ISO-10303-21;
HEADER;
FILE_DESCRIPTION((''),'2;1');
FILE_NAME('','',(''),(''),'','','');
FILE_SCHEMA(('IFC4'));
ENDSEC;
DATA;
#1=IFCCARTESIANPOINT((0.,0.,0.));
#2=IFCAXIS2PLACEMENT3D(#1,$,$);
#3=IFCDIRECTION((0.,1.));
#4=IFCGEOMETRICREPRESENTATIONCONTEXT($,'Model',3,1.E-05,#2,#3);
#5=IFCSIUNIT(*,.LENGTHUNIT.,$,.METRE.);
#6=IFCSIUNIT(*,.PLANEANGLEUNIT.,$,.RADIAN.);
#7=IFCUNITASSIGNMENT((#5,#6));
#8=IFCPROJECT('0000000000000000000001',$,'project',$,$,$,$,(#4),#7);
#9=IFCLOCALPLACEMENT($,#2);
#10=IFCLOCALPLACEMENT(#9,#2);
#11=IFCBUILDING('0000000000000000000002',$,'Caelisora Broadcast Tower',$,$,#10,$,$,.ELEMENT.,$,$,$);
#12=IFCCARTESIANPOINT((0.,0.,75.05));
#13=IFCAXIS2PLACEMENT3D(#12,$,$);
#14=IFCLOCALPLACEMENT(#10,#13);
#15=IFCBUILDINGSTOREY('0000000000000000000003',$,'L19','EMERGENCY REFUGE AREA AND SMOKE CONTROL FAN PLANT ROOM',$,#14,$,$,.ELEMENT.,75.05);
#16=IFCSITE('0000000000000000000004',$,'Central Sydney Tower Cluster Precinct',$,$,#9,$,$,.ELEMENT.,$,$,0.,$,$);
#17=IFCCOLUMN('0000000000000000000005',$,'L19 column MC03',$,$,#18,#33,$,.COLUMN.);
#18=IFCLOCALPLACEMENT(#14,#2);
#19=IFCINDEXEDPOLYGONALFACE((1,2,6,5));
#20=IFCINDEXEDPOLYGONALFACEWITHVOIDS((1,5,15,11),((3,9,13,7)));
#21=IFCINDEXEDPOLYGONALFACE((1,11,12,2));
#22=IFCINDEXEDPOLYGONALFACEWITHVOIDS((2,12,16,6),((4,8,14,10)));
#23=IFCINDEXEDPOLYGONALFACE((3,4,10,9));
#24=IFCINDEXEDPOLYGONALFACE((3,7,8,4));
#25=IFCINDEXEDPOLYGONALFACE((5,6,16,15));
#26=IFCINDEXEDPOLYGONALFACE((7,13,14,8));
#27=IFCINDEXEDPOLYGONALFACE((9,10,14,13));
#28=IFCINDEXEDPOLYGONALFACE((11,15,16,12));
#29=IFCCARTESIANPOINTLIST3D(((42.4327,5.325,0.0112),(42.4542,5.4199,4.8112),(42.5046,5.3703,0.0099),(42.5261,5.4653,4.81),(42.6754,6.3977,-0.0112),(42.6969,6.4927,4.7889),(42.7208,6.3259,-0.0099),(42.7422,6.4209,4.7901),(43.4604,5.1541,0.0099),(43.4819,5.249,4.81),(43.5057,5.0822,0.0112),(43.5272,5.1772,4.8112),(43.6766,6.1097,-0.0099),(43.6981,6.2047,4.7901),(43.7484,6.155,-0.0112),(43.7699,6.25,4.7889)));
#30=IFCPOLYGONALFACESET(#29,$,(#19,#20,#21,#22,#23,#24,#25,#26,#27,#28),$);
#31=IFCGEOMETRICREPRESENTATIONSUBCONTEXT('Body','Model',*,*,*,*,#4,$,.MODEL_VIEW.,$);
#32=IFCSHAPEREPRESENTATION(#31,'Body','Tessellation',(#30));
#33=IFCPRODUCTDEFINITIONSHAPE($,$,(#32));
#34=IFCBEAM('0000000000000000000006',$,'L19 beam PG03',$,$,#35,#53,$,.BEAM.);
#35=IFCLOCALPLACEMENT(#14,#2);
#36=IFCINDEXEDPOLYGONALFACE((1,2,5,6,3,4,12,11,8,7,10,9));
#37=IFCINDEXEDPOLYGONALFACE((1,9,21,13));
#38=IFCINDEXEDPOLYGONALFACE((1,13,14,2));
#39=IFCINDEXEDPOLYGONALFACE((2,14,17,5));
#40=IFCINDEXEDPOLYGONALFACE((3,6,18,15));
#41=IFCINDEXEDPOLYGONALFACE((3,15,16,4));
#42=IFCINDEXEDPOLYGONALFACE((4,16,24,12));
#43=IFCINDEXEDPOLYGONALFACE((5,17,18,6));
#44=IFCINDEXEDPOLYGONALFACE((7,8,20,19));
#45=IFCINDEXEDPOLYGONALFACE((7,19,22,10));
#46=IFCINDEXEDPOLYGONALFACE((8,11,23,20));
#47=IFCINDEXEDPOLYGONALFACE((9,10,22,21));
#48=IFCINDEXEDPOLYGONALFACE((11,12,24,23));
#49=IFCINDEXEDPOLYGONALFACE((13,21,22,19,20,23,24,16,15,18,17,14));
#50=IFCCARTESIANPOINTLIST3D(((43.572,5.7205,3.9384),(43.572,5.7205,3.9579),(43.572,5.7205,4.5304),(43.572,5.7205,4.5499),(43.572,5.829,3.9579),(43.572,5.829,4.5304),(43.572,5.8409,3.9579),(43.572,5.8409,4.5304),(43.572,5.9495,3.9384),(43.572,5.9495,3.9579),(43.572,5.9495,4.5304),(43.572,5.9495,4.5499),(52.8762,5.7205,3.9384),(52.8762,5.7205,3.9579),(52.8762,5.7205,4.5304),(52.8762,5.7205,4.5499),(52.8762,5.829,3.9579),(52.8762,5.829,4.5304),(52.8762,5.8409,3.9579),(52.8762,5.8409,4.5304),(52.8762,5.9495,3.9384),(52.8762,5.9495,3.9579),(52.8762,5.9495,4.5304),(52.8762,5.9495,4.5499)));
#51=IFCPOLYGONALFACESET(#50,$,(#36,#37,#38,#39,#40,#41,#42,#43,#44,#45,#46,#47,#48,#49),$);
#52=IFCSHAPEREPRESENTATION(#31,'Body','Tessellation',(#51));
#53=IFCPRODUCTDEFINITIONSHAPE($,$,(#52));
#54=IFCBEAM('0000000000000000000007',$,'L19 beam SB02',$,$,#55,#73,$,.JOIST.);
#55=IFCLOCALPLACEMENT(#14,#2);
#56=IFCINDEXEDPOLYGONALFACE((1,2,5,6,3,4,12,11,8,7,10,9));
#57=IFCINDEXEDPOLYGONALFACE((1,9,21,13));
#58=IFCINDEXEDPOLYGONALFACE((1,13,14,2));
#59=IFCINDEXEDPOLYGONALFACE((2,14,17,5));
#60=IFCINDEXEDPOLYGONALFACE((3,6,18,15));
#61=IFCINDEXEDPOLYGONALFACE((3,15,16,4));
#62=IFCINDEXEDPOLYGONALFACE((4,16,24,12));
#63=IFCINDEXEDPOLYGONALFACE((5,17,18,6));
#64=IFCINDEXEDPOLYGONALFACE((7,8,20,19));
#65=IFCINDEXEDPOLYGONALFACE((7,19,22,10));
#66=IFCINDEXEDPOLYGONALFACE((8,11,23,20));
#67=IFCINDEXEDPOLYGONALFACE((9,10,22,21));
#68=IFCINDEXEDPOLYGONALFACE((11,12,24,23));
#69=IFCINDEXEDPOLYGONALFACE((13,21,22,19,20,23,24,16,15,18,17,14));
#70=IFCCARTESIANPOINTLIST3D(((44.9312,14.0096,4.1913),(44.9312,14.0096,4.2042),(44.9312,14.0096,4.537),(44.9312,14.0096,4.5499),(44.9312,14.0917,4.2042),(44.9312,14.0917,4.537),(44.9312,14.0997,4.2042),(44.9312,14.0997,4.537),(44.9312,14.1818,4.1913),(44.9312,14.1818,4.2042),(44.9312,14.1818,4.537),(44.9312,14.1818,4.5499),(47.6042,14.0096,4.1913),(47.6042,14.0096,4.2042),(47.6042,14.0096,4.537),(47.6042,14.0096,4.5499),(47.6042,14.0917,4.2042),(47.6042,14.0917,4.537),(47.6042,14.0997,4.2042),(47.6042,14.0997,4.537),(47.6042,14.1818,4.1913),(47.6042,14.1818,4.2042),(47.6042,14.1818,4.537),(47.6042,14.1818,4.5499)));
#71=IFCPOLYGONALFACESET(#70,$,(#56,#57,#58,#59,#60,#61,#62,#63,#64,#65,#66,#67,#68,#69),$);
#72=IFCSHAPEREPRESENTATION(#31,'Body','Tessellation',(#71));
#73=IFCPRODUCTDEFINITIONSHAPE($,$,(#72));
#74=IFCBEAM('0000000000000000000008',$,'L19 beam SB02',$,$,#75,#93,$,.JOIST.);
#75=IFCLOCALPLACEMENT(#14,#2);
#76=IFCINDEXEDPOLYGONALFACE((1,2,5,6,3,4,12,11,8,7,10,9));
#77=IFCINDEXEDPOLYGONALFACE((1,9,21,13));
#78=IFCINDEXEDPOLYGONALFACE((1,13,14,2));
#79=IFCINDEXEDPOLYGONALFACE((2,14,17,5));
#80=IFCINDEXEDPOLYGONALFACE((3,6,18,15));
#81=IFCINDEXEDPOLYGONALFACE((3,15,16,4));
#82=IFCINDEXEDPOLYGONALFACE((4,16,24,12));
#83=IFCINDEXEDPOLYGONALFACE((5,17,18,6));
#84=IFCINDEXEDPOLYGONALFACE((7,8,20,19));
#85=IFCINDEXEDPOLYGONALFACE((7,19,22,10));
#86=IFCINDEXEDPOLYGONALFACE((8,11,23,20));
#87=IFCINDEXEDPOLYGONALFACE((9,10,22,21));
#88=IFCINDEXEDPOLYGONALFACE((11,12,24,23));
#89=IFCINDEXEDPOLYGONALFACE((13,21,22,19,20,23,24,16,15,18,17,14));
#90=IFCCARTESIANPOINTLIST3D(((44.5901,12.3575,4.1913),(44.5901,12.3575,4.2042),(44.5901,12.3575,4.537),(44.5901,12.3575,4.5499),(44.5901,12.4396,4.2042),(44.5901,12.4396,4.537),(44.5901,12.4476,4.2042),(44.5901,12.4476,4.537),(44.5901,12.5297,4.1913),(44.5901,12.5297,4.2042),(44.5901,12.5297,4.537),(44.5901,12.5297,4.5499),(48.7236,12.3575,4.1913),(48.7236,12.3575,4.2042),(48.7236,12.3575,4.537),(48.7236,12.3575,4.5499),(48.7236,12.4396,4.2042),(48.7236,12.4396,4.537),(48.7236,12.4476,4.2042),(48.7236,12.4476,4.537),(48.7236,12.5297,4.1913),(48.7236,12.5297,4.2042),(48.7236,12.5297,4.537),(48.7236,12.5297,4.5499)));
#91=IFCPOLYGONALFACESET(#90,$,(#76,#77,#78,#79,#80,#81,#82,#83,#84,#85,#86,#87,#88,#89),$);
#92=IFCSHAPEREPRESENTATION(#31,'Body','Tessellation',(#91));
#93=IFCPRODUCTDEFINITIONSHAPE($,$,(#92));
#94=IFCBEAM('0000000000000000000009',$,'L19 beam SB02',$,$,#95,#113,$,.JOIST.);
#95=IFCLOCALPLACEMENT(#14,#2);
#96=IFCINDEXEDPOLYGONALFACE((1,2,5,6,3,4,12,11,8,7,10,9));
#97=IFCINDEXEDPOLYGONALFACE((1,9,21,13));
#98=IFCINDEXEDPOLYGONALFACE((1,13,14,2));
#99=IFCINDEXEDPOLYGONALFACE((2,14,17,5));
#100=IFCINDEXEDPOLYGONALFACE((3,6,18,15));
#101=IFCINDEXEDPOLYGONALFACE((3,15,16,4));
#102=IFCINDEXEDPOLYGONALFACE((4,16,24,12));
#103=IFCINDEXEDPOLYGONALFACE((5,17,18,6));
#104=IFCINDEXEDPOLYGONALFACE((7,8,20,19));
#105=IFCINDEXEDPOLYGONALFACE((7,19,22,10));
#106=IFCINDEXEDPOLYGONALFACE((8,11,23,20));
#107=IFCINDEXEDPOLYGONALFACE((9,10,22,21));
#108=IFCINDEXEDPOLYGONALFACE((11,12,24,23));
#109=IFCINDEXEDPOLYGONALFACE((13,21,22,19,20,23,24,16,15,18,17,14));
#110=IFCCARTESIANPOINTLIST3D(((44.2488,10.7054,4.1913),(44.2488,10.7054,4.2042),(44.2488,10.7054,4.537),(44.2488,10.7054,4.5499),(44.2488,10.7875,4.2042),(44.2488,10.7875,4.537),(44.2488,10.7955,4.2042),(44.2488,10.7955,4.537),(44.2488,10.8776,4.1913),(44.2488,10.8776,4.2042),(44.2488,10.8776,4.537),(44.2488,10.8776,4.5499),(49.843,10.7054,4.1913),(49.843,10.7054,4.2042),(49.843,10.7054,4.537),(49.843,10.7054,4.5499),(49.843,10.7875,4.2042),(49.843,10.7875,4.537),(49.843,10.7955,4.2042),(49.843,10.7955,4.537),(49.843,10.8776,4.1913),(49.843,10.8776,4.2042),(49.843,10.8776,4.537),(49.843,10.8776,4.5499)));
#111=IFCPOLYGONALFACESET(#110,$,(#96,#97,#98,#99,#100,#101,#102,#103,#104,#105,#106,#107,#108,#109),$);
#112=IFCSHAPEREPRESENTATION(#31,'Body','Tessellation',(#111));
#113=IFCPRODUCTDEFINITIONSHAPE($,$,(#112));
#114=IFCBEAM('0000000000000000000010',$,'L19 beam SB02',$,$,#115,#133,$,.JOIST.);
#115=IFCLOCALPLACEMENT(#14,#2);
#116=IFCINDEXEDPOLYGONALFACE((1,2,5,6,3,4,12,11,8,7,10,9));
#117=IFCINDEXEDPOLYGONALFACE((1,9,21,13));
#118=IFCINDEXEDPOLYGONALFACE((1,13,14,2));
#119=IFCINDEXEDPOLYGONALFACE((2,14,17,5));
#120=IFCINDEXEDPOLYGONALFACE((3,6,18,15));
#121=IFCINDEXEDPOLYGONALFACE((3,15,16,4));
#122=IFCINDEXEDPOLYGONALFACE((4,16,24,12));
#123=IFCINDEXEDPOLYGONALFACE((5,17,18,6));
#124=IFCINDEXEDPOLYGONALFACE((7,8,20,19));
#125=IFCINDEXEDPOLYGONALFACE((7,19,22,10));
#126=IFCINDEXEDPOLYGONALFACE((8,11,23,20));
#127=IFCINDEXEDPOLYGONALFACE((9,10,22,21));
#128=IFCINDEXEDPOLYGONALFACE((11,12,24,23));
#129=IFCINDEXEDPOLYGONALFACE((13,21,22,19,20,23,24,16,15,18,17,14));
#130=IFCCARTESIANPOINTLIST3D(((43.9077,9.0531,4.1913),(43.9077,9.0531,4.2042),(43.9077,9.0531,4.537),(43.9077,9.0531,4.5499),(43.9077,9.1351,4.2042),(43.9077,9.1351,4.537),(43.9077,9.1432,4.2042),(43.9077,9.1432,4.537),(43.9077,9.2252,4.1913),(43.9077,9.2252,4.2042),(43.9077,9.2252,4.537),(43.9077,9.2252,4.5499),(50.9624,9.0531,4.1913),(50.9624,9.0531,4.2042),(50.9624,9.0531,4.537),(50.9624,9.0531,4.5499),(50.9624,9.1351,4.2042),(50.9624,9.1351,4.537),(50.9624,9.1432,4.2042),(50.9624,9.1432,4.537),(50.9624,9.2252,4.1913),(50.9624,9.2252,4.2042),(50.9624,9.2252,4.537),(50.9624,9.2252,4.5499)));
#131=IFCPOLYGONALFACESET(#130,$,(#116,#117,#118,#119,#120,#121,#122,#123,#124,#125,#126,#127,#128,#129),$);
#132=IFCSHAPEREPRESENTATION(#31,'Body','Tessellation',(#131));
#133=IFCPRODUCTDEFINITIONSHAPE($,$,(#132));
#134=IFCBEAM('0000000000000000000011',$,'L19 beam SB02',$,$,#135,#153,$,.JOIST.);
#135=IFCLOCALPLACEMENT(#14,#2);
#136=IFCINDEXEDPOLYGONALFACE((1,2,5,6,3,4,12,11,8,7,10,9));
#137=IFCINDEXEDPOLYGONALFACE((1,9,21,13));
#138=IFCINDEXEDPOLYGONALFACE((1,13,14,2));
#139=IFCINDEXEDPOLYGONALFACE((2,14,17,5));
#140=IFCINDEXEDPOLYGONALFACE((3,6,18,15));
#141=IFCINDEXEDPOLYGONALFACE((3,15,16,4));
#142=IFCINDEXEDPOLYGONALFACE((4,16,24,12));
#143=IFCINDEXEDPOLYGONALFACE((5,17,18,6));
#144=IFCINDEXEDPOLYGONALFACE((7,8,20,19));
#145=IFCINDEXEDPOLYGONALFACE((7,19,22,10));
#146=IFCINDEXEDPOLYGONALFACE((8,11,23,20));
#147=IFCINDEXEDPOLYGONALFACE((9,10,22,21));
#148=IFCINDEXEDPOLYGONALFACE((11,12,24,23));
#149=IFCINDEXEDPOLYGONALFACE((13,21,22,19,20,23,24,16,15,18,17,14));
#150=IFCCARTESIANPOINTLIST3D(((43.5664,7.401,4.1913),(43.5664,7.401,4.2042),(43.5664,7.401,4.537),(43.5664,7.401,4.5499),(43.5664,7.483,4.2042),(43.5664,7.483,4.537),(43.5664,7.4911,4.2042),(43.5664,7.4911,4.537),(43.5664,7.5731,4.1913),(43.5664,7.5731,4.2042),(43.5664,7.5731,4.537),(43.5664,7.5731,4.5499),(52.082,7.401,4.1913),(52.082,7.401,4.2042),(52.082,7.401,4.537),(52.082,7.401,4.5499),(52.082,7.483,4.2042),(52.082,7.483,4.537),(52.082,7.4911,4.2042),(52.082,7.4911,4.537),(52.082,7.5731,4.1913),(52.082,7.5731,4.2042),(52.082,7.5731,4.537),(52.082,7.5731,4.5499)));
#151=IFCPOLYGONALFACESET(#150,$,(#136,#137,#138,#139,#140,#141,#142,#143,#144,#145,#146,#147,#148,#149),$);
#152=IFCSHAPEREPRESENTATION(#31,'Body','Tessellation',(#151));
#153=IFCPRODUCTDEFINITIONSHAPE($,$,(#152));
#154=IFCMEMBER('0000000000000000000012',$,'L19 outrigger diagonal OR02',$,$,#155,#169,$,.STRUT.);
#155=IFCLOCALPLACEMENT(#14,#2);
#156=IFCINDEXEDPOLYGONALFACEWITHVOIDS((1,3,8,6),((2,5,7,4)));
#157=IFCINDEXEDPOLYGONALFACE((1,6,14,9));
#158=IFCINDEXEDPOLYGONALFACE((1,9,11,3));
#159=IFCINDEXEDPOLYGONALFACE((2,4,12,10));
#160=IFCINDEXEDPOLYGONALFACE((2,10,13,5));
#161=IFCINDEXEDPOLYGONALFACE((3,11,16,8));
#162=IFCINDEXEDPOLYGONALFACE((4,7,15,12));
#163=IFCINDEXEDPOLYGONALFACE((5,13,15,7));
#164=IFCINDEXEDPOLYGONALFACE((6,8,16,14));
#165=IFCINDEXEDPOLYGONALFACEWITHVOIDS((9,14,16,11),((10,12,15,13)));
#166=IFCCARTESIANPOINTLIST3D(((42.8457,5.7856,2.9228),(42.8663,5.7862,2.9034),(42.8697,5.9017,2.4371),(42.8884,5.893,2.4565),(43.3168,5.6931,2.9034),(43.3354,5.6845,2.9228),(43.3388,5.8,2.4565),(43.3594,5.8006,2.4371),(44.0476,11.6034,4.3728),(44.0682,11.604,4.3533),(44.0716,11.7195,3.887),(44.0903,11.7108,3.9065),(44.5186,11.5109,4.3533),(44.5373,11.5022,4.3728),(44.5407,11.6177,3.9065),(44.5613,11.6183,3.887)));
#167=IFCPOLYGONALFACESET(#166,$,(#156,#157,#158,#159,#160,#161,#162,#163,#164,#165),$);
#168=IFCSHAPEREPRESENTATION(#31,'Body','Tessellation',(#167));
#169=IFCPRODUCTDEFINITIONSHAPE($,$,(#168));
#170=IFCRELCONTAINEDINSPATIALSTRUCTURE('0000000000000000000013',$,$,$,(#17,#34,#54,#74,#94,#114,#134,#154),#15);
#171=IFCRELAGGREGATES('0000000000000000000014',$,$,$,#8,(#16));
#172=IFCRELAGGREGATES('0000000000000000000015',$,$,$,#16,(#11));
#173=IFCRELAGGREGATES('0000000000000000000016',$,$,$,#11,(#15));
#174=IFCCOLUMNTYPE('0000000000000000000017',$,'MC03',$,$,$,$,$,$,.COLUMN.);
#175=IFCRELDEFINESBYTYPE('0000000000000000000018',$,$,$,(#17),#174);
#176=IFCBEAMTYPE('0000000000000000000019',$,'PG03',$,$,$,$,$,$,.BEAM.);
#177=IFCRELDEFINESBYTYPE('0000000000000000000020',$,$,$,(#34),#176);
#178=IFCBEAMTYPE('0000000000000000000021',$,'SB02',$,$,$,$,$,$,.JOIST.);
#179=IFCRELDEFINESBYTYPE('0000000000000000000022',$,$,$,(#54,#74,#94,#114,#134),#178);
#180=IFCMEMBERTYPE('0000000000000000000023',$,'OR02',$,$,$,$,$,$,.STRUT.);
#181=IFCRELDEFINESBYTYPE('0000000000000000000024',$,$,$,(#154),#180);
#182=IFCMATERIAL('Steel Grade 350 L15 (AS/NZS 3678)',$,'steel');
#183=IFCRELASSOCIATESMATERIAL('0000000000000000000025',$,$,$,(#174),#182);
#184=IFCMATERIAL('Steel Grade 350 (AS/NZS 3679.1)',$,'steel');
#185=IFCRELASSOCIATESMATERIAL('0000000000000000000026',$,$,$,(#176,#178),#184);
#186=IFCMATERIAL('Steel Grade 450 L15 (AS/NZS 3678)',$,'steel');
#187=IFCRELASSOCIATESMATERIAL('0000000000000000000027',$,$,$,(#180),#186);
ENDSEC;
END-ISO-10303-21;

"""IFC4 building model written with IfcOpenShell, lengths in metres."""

from ifc_helpers import new_model, si_unit, direction, frame, origin, origin_2d, place, context, subcontext, project, spatial, hollow_rectangle, i_section, extrude, source, transform, mapped, material, material_profile, profile_set, type_object, type_shapes, element, save


model = new_model("IFC4")

# Units and contexts
model_context = context("Model", 3, precision=1e-05, world=origin(), true_north=direction((0.0, 1.0)))
body_context = subcontext(model_context, "Body", "Model", "MODEL_VIEW")
ifc_project = project(units=[si_unit("LENGTHUNIT", "METRE"), si_unit("PLANEANGLEUNIT", "RADIAN")], contexts=[model_context])

# Site, building, storey
site_placement = place(None, origin())
site = spatial("IfcSite", under=ifc_project, at=site_placement, Name="Central Sydney Tower Cluster Precinct", CompositionType="ELEMENT", RefElevation=0.0)
building_placement = place(site_placement, origin())
building = spatial("IfcBuilding", under=site, at=building_placement, Name="Caelisora Broadcast Tower", CompositionType="ELEMENT")
storey_placement = place(building_placement, frame((0.0, 0.0, 75.05)))
storey = spatial("IfcBuildingStorey", under=building, at=storey_placement, Name="L19", Description="EMERGENCY REFUGE AREA AND SMOKE CONTROL FAN PLANT ROOM", CompositionType="ELEMENT", Elevation=75.05)

# Column
ifc_material_1 = material(Name="Steel Grade 350 L15 (AS/NZS 3678)", Category="steel")
ifc_material_profile_1 = material_profile(ifc_material_1, hollow_rectangle(XDim=1.1001, YDim=1.1001, WallThickness=0.0601, at=origin_2d()), Name="Steel Grade 350 L15 (AS/NZS 3678)")
ifc_profile_set_1 = profile_set([ifc_material_profile_1], Name="Steel Grade 350 L15 (AS/NZS 3678)")
column_type = type_object("IfcColumnType", Name="MC03", PredefinedType="COLUMN", material=ifc_profile_set_1)
shared_shape_1 = source(origin(), body_context, "Body", "SweptSolid", [
    extrude(hollow_rectangle(XDim=1.1001, YDim=1.1001, WallThickness=0.0601, at=origin_2d()), origin(), (0.0, 0.0, 1.0), 4.801),
])
type_shapes(column_type, [shared_shape_1])
column_placement = place(storey_placement, frame((43.0906, 5.74, 0.0), z_axis=(0.004475, 0.019781, 0.999794), x_axis=(-0.975354, 0.220646, 0.0)))
element("IfcColumn", 1, at=column_placement, inside=storey, type_object=column_type, Name="L19 column MC03", PredefinedType="COLUMN", context=body_context, shape_type="MappedRepresentation", body=[
    mapped(shared_shape_1, transform((0.0, 0.0, 0.0), scale=1.0)),
])

# Beams
ifc_material_2 = material(Name="Steel Grade 350 (AS/NZS 3679.1)", Category="steel")
ifc_material_profile_2 = material_profile(ifc_material_2, i_section(OverallWidth=0.229, OverallDepth=0.6116, WebThickness=0.012, FlangeThickness=0.0195, at=origin_2d()), Name="Steel Grade 350 (AS/NZS 3679.1)")
ifc_profile_set_2 = profile_set([ifc_material_profile_2], Name="Steel Grade 350 (AS/NZS 3679.1)")
beam_type_1 = type_object("IfcBeamType", Name="PG03", PredefinedType="BEAM", material=ifc_profile_set_2)
shared_shape_2 = source(origin(), body_context, "Body", "SweptSolid", [
    extrude(i_section(OverallWidth=0.229, OverallDepth=0.6116, WebThickness=0.012, FlangeThickness=0.0195, at=origin_2d()), origin(), (0.0, 0.0, 1.0), 9.3042),
])
type_shapes(beam_type_1, [shared_shape_2])
beam_1_placement = place(storey_placement, frame((43.572, 5.835, 4.2441), z_axis=(1.0, 0.0, 0.0), x_axis=(0.0, 1.0, 0.0)))
element("IfcBeam", 2, at=beam_1_placement, inside=storey, type_object=beam_type_1, Name="L19 beam PG03", PredefinedType="BEAM", context=body_context, shape_type="MappedRepresentation", body=[
    mapped(shared_shape_2, transform((0.0, 0.0, 0.0), scale=1.0)),
])
ifc_material_profile_3 = material_profile(ifc_material_2, i_section(OverallWidth=0.1721, OverallDepth=0.3586, WebThickness=0.0081, FlangeThickness=0.0129, at=origin_2d()), Name="Steel Grade 350 (AS/NZS 3679.1)")
ifc_profile_set_3 = profile_set([ifc_material_profile_3], Name="Steel Grade 350 (AS/NZS 3679.1)")
beam_type_2 = type_object("IfcBeamType", Name="SB02", PredefinedType="JOIST", material=ifc_profile_set_3)
shared_shape_3 = source(origin(), body_context, "Body", "SweptSolid", [
    extrude(i_section(OverallWidth=0.1721, OverallDepth=0.3586, WebThickness=0.0081, FlangeThickness=0.0129, at=origin_2d()), origin(), (0.0, 0.0, 1.0), 2.6731),
])
beam_2_placement = place(storey_placement, frame((44.9312, 14.0957, 4.3706), z_axis=(1.0, 0.0, 0.0), x_axis=(0.0, 1.0, 0.0)))
element("IfcBeam", 3, at=beam_2_placement, inside=storey, type_object=beam_type_2, Name="L19 beam SB02", PredefinedType="JOIST", context=body_context, shape_type="MappedRepresentation", body=[
    mapped(shared_shape_3, transform((0.0, 0.0, 0.0), scale=1.0)),
])
shared_shape_4 = source(origin(), body_context, "Body", "SweptSolid", [
    extrude(i_section(OverallWidth=0.1721, OverallDepth=0.3586, WebThickness=0.0081, FlangeThickness=0.0129, at=origin_2d()), origin(), (0.0, 0.0, 1.0), 4.1335),
])
beam_3_placement = place(storey_placement, frame((44.5901, 12.4436, 4.3706), z_axis=(1.0, 0.0, 0.0), x_axis=(0.0, 1.0, 0.0)))
element("IfcBeam", 4, at=beam_3_placement, inside=storey, type_object=beam_type_2, Name="L19 beam SB02", PredefinedType="JOIST", context=body_context, shape_type="MappedRepresentation", body=[
    mapped(shared_shape_4, transform((0.0, 0.0, 0.0), scale=1.0)),
])
shared_shape_5 = source(origin(), body_context, "Body", "SweptSolid", [
    extrude(i_section(OverallWidth=0.1721, OverallDepth=0.3586, WebThickness=0.0081, FlangeThickness=0.0129, at=origin_2d()), origin(), (0.0, 0.0, 1.0), 5.5942),
])
beam_4_placement = place(storey_placement, frame((44.2488, 10.7915, 4.3706), z_axis=(1.0, 0.0, 0.0), x_axis=(0.0, 1.0, 0.0)))
element("IfcBeam", 5, at=beam_4_placement, inside=storey, type_object=beam_type_2, Name="L19 beam SB02", PredefinedType="JOIST", context=body_context, shape_type="MappedRepresentation", body=[
    mapped(shared_shape_5, transform((0.0, 0.0, 0.0), scale=1.0)),
])
shared_shape_6 = source(origin(), body_context, "Body", "SweptSolid", [
    extrude(i_section(OverallWidth=0.1721, OverallDepth=0.3586, WebThickness=0.0081, FlangeThickness=0.0129, at=origin_2d()), origin(), (0.0, 0.0, 1.0), 7.0547),
])
beam_5_placement = place(storey_placement, frame((43.9077, 9.1392, 4.3706), z_axis=(1.0, 0.0, 0.0), x_axis=(0.0, 1.0, 0.0)))
element("IfcBeam", 6, at=beam_5_placement, inside=storey, type_object=beam_type_2, Name="L19 beam SB02", PredefinedType="JOIST", context=body_context, shape_type="MappedRepresentation", body=[
    mapped(shared_shape_6, transform((0.0, 0.0, 0.0), scale=1.0)),
])
shared_shape_7 = source(origin(), body_context, "Body", "SweptSolid", [
    extrude(i_section(OverallWidth=0.1721, OverallDepth=0.3586, WebThickness=0.0081, FlangeThickness=0.0129, at=origin_2d()), origin(), (0.0, 0.0, 1.0), 8.5156),
])
type_shapes(beam_type_2, [shared_shape_3, shared_shape_4, shared_shape_5, shared_shape_6, shared_shape_7])
beam_6_placement = place(storey_placement, frame((43.5664, 7.4871, 4.3706), z_axis=(1.0, 0.0, 0.0), x_axis=(0.0, 1.0, 0.0)))
element("IfcBeam", 7, at=beam_6_placement, inside=storey, type_object=beam_type_2, Name="L19 beam SB02", PredefinedType="JOIST", context=body_context, shape_type="MappedRepresentation", body=[
    mapped(shared_shape_7, transform((0.0, 0.0, 0.0), scale=1.0)),
])

# Member
ifc_material_3 = material(Name="Steel Grade 450 L15 (AS/NZS 3678)", Category="steel")
ifc_material_profile_4 = material_profile(ifc_material_3, hollow_rectangle(XDim=0.5, YDim=0.5, WallThickness=0.02, at=origin_2d()), Name="Steel Grade 450 L15 (AS/NZS 3678)")
ifc_profile_set_4 = profile_set([ifc_material_profile_4], Name="Steel Grade 450 L15 (AS/NZS 3678)")
member_type_1 = type_object("IfcMemberType", Name="OR02", PredefinedType="STRUT", material=ifc_profile_set_4)
shared_shape_8 = source(origin(), body_context, "Body", "SweptSolid", [
    extrude(hollow_rectangle(XDim=0.5, YDim=0.5, WallThickness=0.02, at=origin_2d()), origin(), (0.0, 0.0, 1.0), 6.115),
])
type_shapes(member_type_1, [shared_shape_8])
member_1_placement = place(storey_placement, frame((44.3044, 11.6108, 4.1299), z_axis=(-0.196547, -0.951393, -0.23711), x_axis=(0.97932, -0.202316, 0.0)))
element("IfcMember", 8, at=member_1_placement, inside=storey, type_object=member_type_1, Name="L19 outrigger diagonal OR02", PredefinedType="STRUT", context=body_context, shape_type="MappedRepresentation", body=[
    mapped(shared_shape_8, transform((0.0, 0.0, 0.0), scale=1.0)),
])

save(model, "model.ifc")
